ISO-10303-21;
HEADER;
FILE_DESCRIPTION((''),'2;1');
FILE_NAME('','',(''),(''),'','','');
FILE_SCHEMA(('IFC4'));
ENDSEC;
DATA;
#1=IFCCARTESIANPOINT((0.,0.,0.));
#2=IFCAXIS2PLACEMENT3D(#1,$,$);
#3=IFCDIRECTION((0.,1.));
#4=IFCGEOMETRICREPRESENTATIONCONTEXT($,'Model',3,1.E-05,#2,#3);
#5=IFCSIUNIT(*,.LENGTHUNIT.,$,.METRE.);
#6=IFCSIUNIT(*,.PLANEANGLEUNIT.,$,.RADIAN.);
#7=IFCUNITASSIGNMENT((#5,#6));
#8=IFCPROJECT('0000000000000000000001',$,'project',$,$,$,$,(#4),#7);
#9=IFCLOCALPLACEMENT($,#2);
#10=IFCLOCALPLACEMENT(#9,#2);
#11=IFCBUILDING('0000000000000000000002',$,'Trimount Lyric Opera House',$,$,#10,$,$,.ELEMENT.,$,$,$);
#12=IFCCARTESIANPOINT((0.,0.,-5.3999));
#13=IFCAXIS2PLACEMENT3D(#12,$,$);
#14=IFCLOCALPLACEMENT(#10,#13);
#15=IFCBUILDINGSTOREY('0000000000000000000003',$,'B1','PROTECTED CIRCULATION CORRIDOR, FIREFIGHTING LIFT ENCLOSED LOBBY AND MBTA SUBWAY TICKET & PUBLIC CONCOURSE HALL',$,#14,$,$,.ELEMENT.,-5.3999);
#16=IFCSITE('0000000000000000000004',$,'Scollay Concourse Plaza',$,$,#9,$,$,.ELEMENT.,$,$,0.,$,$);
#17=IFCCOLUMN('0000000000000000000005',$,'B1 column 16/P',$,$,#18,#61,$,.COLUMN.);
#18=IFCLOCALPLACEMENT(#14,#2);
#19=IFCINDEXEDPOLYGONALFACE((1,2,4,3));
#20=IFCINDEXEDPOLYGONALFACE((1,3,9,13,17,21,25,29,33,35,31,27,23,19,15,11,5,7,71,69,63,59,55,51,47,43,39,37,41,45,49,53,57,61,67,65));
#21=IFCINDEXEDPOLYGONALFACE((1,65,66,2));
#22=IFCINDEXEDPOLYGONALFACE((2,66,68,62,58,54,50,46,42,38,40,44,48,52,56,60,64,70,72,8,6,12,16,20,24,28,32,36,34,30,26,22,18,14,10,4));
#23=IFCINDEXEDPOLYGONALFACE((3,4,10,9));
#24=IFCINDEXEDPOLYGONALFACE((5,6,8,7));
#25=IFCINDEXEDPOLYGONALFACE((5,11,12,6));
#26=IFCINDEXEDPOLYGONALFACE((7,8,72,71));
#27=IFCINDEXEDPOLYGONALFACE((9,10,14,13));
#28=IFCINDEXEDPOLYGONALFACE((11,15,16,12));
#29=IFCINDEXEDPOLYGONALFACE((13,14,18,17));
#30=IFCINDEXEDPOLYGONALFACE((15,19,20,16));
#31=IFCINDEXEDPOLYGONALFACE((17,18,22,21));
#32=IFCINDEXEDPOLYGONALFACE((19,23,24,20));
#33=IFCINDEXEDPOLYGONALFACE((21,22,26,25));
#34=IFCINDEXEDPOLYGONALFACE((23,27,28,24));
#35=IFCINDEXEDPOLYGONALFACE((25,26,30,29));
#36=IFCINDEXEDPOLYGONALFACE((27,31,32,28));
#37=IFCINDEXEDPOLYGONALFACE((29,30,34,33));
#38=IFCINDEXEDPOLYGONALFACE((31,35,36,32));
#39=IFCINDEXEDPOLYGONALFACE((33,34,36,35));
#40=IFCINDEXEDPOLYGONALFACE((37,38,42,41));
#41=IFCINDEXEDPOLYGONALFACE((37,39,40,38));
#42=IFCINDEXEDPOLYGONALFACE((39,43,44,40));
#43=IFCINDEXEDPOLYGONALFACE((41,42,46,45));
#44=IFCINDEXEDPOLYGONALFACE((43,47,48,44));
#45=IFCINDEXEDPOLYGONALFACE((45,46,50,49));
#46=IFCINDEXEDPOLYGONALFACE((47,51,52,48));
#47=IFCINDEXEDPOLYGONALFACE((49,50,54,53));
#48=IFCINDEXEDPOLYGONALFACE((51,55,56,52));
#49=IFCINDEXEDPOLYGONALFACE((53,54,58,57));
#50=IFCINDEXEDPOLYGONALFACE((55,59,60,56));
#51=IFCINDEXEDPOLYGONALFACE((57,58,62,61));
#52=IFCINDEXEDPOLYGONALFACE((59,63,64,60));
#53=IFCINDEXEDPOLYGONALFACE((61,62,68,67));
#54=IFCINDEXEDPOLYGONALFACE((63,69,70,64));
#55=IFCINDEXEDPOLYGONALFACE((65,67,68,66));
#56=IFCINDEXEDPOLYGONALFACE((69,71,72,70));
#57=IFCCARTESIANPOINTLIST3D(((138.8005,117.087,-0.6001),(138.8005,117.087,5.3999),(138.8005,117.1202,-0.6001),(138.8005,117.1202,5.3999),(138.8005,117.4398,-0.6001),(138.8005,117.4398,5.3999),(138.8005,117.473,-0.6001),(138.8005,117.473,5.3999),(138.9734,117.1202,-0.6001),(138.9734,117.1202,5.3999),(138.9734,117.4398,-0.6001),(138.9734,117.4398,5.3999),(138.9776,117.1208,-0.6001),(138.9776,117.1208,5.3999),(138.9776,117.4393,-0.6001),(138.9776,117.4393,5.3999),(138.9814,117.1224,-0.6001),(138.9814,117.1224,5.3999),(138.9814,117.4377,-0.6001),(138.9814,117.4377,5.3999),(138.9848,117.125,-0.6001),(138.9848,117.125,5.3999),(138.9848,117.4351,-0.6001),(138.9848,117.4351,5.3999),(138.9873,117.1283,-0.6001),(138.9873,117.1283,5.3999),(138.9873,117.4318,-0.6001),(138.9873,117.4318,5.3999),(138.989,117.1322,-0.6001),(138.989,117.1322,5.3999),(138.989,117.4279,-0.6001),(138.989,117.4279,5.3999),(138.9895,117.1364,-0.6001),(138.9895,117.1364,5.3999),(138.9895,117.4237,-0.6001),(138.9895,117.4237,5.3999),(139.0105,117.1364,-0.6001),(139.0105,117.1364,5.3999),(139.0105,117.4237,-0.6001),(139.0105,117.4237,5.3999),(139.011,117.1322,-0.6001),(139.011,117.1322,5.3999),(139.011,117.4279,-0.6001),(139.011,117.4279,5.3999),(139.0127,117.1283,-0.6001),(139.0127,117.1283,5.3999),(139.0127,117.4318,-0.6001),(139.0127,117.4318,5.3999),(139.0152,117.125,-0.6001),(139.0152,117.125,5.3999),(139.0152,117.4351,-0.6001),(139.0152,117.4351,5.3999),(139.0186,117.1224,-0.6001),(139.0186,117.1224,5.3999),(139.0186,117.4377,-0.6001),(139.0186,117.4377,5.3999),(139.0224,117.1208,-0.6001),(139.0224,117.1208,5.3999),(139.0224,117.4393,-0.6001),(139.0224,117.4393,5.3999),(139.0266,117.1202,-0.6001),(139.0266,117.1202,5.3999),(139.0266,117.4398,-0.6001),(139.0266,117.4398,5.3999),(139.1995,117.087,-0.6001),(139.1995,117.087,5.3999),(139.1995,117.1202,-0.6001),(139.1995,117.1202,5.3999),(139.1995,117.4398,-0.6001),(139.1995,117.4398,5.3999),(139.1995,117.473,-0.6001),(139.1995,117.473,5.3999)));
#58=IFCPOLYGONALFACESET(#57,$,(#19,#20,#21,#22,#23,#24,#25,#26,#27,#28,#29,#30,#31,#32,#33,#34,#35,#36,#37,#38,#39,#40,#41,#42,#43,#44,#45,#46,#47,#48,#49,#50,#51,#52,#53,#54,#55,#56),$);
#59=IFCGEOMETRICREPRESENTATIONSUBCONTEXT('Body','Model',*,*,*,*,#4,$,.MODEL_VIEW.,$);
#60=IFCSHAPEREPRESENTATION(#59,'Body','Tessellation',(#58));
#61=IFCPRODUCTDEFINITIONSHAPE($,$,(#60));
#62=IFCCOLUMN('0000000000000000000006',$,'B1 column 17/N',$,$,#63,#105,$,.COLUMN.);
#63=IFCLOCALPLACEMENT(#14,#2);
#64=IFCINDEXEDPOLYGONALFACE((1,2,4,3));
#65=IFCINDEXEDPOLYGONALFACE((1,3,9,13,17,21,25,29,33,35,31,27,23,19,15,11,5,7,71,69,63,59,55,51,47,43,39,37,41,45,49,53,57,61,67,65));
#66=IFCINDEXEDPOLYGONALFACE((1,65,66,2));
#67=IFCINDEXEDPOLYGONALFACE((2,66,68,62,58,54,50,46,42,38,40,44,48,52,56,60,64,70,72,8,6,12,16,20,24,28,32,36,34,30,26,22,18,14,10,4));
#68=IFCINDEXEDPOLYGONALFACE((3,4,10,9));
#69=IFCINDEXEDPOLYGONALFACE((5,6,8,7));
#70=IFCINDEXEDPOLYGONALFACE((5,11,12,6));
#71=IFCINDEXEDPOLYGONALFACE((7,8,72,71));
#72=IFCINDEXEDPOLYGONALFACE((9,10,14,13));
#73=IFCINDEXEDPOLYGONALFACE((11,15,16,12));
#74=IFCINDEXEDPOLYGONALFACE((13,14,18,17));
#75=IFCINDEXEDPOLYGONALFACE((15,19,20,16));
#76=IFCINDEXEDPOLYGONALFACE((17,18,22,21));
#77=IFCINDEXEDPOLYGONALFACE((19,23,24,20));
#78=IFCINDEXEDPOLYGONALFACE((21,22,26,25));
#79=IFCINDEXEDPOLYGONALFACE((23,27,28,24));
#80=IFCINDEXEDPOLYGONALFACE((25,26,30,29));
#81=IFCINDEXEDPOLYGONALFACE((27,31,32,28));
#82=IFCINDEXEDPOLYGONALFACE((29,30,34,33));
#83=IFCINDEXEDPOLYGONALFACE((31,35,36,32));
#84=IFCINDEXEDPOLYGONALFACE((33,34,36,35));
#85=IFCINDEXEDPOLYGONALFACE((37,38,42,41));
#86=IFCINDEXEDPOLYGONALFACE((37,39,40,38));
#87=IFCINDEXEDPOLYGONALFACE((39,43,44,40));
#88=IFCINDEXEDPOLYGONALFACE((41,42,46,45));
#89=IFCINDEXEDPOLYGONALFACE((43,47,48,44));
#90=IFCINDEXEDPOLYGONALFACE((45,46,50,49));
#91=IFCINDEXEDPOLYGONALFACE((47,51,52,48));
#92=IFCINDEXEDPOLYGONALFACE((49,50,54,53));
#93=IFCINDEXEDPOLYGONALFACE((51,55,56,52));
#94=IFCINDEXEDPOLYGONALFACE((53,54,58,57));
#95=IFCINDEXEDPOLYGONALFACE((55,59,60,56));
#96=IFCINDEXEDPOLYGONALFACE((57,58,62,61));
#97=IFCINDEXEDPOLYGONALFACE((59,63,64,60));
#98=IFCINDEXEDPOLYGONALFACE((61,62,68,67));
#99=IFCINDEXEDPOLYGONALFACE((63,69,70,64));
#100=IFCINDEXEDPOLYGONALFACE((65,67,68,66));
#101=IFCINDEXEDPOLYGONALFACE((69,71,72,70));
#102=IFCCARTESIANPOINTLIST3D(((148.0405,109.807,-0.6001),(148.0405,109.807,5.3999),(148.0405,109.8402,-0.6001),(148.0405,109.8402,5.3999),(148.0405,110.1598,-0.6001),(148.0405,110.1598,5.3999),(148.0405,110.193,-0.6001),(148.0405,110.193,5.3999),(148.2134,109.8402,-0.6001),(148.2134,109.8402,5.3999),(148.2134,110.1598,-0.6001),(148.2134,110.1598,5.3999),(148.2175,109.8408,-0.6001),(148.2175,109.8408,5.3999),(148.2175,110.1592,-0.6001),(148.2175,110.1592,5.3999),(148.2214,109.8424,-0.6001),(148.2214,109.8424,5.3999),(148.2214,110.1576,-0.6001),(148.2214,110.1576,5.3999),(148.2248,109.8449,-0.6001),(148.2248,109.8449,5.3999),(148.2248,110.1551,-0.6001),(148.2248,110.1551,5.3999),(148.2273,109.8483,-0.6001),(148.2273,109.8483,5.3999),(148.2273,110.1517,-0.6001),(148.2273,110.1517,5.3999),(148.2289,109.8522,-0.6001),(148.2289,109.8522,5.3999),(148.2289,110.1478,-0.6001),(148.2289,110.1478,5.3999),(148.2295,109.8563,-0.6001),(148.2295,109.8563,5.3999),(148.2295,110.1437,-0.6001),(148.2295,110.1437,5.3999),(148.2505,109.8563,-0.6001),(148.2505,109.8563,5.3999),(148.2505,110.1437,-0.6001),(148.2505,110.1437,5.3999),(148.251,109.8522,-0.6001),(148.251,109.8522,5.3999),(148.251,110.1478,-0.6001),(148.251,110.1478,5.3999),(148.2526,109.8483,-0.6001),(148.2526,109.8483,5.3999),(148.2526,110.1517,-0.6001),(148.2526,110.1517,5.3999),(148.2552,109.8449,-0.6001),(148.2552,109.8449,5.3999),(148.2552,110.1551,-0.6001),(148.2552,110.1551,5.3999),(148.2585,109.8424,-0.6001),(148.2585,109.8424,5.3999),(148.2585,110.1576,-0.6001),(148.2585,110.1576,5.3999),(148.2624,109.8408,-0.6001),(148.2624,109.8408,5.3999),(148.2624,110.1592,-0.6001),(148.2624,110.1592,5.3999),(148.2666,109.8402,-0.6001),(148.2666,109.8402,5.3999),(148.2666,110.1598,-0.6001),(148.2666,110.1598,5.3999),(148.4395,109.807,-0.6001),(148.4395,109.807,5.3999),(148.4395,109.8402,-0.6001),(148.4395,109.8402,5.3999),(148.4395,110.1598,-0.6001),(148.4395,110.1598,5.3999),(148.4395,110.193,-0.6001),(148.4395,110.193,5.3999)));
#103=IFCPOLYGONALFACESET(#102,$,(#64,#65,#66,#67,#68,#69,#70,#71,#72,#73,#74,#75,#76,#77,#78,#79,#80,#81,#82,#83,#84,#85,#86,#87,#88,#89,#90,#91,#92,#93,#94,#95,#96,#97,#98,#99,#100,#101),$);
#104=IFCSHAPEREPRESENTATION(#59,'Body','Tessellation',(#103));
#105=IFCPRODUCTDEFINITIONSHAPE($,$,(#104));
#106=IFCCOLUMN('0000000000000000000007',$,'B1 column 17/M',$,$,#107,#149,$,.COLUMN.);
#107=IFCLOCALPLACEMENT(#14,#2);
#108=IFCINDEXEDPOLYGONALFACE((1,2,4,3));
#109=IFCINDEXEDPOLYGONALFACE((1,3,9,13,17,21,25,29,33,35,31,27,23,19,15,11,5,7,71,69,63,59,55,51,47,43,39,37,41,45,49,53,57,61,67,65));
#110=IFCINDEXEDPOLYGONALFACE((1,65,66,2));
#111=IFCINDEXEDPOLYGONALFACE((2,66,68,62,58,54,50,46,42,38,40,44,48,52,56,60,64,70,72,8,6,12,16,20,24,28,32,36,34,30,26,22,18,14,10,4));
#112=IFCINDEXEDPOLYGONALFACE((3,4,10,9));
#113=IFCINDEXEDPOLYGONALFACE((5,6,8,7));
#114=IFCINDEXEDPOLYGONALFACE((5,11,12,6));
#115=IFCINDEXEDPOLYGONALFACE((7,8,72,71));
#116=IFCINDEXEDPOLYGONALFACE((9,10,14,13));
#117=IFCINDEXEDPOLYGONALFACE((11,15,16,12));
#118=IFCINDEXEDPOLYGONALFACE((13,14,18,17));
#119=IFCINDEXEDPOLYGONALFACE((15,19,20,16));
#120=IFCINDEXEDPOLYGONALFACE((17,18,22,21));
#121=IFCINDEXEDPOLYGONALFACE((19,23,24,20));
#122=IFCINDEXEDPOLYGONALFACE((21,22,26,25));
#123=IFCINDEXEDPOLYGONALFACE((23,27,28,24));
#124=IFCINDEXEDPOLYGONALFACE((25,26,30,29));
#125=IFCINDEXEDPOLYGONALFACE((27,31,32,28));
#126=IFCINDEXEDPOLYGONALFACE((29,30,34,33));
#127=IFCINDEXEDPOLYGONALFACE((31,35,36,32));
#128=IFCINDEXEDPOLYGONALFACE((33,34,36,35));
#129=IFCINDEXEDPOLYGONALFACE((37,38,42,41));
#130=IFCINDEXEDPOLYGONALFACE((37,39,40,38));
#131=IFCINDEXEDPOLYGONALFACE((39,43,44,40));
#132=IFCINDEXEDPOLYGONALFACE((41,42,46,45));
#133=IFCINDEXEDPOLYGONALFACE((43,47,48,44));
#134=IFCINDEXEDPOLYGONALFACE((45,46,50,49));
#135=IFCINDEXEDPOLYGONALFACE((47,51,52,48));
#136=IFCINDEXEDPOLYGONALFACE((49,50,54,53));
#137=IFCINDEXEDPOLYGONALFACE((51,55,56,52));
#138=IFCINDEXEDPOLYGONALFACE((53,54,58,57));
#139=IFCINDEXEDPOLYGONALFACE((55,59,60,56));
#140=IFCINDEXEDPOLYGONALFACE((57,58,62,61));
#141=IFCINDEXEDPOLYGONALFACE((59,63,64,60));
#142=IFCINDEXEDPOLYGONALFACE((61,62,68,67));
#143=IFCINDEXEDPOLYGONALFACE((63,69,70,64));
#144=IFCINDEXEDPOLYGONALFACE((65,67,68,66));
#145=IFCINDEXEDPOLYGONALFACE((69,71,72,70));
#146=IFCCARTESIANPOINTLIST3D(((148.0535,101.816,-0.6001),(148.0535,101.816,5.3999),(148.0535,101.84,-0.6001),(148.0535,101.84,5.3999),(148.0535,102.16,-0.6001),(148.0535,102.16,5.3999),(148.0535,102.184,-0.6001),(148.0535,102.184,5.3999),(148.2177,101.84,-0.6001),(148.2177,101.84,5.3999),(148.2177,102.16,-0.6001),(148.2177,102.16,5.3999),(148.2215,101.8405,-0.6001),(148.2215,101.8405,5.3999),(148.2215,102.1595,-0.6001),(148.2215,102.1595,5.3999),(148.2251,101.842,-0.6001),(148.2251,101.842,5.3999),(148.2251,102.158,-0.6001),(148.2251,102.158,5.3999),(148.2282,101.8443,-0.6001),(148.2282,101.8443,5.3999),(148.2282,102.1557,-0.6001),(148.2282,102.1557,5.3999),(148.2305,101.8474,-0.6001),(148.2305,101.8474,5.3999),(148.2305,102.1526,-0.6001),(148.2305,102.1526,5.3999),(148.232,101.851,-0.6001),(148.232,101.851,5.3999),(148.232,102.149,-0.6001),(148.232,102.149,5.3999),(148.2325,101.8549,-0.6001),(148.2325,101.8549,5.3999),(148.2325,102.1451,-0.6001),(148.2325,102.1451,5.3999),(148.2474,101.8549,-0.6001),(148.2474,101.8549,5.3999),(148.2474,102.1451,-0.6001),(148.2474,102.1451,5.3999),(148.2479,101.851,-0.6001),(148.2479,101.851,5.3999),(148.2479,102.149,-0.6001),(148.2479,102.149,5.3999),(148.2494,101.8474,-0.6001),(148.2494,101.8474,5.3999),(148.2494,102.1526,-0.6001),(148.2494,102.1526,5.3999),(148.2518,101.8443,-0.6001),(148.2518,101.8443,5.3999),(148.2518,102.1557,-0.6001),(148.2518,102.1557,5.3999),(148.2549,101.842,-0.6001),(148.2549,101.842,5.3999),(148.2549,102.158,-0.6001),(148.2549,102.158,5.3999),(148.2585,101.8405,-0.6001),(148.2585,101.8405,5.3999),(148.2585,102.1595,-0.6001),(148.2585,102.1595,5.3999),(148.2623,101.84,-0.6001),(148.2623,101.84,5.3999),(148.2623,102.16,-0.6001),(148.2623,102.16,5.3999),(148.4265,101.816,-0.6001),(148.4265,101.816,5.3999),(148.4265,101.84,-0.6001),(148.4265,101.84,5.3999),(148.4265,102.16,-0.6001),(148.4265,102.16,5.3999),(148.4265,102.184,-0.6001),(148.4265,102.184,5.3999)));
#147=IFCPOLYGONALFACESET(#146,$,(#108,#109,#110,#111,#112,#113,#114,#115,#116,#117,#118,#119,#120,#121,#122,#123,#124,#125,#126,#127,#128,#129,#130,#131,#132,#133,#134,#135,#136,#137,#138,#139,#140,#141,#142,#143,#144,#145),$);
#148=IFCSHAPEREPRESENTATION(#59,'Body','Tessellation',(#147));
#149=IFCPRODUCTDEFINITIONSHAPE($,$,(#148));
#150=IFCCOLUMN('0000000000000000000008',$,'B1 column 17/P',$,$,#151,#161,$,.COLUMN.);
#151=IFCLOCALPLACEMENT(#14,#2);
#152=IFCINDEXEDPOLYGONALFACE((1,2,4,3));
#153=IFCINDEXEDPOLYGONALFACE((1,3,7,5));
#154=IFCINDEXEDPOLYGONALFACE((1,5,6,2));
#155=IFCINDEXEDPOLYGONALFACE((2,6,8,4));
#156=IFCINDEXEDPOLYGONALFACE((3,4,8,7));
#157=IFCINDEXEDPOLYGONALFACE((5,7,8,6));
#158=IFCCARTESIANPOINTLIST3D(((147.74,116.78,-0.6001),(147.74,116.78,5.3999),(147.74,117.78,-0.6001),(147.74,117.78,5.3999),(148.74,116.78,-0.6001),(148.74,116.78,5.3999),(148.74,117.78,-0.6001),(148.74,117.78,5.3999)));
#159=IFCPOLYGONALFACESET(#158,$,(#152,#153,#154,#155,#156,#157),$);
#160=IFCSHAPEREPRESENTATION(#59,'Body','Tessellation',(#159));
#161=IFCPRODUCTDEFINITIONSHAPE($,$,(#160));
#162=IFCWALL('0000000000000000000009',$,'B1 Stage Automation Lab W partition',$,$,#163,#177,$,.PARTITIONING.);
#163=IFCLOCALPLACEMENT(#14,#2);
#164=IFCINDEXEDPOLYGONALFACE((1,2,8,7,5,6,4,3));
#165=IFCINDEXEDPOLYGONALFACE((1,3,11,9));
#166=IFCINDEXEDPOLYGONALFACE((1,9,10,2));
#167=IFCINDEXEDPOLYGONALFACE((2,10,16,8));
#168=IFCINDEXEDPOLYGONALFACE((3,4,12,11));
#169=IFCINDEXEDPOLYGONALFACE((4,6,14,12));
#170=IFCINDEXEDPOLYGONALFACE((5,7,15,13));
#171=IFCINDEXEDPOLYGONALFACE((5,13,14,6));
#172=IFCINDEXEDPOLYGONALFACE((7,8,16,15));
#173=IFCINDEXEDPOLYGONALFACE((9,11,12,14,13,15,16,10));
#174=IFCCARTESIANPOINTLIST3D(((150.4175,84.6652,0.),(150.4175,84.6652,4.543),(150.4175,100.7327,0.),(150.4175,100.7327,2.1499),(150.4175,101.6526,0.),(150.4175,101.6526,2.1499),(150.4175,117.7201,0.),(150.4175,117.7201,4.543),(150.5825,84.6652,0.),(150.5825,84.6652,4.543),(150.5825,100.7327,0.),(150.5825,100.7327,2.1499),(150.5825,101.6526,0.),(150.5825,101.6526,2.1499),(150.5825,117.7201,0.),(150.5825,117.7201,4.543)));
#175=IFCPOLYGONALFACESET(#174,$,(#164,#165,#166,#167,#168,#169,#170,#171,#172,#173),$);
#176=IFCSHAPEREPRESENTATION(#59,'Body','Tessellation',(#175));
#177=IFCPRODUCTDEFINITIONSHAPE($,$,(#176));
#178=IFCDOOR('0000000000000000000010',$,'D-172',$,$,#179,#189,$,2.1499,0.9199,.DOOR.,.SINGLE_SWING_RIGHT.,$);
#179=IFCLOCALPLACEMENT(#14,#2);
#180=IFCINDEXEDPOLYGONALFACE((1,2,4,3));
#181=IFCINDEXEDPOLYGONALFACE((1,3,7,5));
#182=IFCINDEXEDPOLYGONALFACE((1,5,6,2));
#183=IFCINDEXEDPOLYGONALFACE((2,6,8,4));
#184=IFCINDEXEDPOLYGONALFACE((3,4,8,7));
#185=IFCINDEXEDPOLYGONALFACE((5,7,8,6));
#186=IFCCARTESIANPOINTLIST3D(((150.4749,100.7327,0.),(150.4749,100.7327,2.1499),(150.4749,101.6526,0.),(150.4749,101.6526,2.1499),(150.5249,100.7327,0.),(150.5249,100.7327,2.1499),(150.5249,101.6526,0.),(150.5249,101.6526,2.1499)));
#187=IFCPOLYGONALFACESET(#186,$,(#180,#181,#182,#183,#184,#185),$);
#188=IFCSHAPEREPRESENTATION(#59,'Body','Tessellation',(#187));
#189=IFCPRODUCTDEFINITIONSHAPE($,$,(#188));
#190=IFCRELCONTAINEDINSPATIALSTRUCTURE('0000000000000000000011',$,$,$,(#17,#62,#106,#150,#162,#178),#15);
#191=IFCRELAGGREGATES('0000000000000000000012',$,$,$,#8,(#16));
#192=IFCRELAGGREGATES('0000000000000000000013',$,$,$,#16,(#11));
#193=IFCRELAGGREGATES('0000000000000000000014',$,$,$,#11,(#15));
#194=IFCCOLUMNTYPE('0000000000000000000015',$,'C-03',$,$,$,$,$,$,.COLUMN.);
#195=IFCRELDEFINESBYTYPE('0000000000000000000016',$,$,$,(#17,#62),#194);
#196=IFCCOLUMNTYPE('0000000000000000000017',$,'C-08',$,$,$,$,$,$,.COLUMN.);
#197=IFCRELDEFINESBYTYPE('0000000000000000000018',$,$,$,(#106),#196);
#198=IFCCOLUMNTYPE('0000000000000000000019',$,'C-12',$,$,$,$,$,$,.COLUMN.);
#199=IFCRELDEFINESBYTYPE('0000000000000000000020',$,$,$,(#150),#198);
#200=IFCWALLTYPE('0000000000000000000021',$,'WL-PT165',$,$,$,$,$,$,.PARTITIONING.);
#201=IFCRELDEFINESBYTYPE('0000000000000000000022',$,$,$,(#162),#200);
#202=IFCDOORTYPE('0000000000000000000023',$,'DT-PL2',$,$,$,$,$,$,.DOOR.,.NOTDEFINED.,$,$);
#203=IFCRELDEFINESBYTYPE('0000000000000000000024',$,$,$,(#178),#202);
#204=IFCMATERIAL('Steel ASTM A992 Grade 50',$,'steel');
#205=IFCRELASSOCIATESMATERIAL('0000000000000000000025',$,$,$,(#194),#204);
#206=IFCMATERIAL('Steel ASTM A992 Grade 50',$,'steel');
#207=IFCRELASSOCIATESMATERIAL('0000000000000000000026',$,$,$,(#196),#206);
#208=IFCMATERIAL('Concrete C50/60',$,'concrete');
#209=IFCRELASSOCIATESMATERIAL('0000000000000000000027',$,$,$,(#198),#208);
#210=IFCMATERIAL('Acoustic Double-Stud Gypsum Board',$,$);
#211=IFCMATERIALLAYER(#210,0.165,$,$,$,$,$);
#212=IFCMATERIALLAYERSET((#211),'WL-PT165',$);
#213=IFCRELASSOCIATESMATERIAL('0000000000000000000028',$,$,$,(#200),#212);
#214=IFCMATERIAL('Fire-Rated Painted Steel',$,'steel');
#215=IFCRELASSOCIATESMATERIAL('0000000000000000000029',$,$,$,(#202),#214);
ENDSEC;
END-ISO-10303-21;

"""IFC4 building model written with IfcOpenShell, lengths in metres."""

from ifc_helpers import new_model, si_unit, direction, frame, frame_2d, origin, origin_2d, place, context, subcontext, project, spatial, rectangle, i_section, extrude, material, layer, layer_set, material_profile, profile_set, type_object, element, fill, save


model = new_model("IFC4")

# Units and contexts
model_context = context("Model", 3, precision=1e-05, world=origin(), true_north=direction((0.0, 1.0)))
body_context = subcontext(model_context, "Body", "Model", "MODEL_VIEW")
ifc_project = project(units=[si_unit("LENGTHUNIT", "METRE"), si_unit("PLANEANGLEUNIT", "RADIAN")], contexts=[model_context])

# Site, building, storey
site_placement = place(None, origin())
site = spatial("IfcSite", under=ifc_project, at=site_placement, Name="Scollay Concourse Plaza", CompositionType="ELEMENT", RefElevation=0.0)
building_placement = place(site_placement, origin())
building = spatial("IfcBuilding", under=site, at=building_placement, Name="Trimount Lyric Opera House", CompositionType="ELEMENT")
storey_placement = place(building_placement, frame((0.0, 0.0, -5.3999)))
storey = spatial("IfcBuildingStorey", under=building, at=storey_placement, Name="B1", Description="PROTECTED CIRCULATION CORRIDOR, FIREFIGHTING LIFT ENCLOSED LOBBY AND MBTA SUBWAY TICKET & PUBLIC CONCOURSE HALL", CompositionType="ELEMENT", Elevation=-5.3999)

# Columns
ifc_material_1 = material(Name="Steel ASTM A992 Grade 50", Category="steel")
ifc_material_profile_1 = material_profile(ifc_material_1, i_section(OverallWidth=0.3989, OverallDepth=0.386, WebThickness=0.021, FlangeThickness=0.0332, FilletRadius=0.0161, at=origin_2d()), Name="W14X176")
ifc_profile_set_1 = profile_set([ifc_material_profile_1], Name="Steel ASTM A992 Grade 50")
column_type_1 = type_object("IfcColumnType", Name="C-03", PredefinedType="COLUMN", material=ifc_profile_set_1)
for number, where, z_axis, x_axis, name in (
    (1, (139.0, 117.28, -0.6001), (0.0, 0.0, 1.0), (1.0, 0.0, 0.0), "B1 column 16/P"),
    (2, (148.24, 110.0, -0.6001), (0.0, 0.0, 1.0), (1.0, 0.0, 0.0), "B1 column 17/N"),
):
    element("IfcColumn", number, at=place(storey_placement, frame(where, z_axis=z_axis, x_axis=x_axis)), inside=storey, type_object=column_type_1, Name=name, PredefinedType="COLUMN", context=body_context, shape_type="SweptSolid", body=[
        extrude(i_section(OverallWidth=0.3989, OverallDepth=0.386, WebThickness=0.021, FlangeThickness=0.0332, FilletRadius=0.0161, at=origin_2d()), origin(), (0.0, 0.0, 1.0), 6.0),
    ])
ifc_material_2 = material(Name="Steel ASTM A992 Grade 50", Category="steel")
ifc_material_profile_2 = material_profile(ifc_material_2, i_section(OverallWidth=0.373, OverallDepth=0.3679, WebThickness=0.0149, FlangeThickness=0.0239, FilletRadius=0.0149, at=origin_2d()), Name="W14X120")
ifc_profile_set_2 = profile_set([ifc_material_profile_2], Name="Steel ASTM A992 Grade 50")
column_type_2 = type_object("IfcColumnType", Name="C-08", PredefinedType="COLUMN", material=ifc_profile_set_2)
column_1_placement = place(storey_placement, frame((148.24, 102.0, -0.6001), z_axis=(0.0, 0.0, 1.0), x_axis=(1.0, 0.0, 0.0)))
element("IfcColumn", 3, at=column_1_placement, inside=storey, type_object=column_type_2, Name="B1 column 17/M", PredefinedType="COLUMN", context=body_context, shape_type="SweptSolid", body=[
    extrude(i_section(OverallWidth=0.373, OverallDepth=0.3679, WebThickness=0.0149, FlangeThickness=0.0239, FilletRadius=0.0149, at=origin_2d()), origin(), (0.0, 0.0, 1.0), 6.0),
])
ifc_material_3 = material(Name="Concrete C50/60", Category="concrete")
ifc_material_profile_3 = material_profile(ifc_material_3, rectangle(XDim=1.0, YDim=1.0, at=origin_2d()), Name="RC1000X1000")
ifc_profile_set_3 = profile_set([ifc_material_profile_3], Name="Concrete C50/60")
column_type_3 = type_object("IfcColumnType", Name="C-12", PredefinedType="COLUMN", material=ifc_profile_set_3)
column_2_placement = place(storey_placement, frame((148.24, 117.28, -0.6001), z_axis=(0.0, 0.0, 1.0), x_axis=(1.0, 0.0, 0.0)))
element("IfcColumn", 4, at=column_2_placement, inside=storey, type_object=column_type_3, Name="B1 column 17/P", PredefinedType="COLUMN", context=body_context, shape_type="SweptSolid", body=[
    extrude(rectangle(XDim=1.0, YDim=1.0, at=origin_2d()), origin(), (0.0, 0.0, 1.0), 6.0),
])

# Wall, opening, door
ifc_material_4 = material(Name="Acoustic Double-Stud Gypsum Board")
ifc_layer_1 = layer(ifc_material_4, 0.165)
ifc_layer_set_1 = layer_set([ifc_layer_1], Name="WL-PT165")
wall_type_1 = type_object("IfcWallType", Name="WL-PT165", PredefinedType="PARTITIONING", material=ifc_layer_set_1)
wall_1_placement = place(storey_placement, frame((150.5, 117.72, 0.0), z_axis=(0.0, 0.0, 1.0), x_axis=(0.0, -1.0, 0.0)))
wall_1 = element("IfcWall", 5, at=wall_1_placement, inside=storey, type_object=wall_type_1, Name="B1 Stage Automation Lab W partition", PredefinedType="PARTITIONING", context=body_context, shape_type="SweptSolid", body=[
    extrude(rectangle(XDim=33.0549, YDim=0.165, at=frame_2d((16.5273, 0.0))), origin(), (0.0, 0.0, 1.0), 4.543),
])
opening_placement = place(wall_1_placement, frame((16.0674, 0.0, 0.0)))
opening = element("IfcOpeningElement", 6, at=opening_placement, cuts=wall_1, PredefinedType="OPENING", context=body_context, shape_type="SweptSolid", body=[
    extrude(rectangle(XDim=0.9199, YDim=2.1499, at=frame_2d((0.46, 1.075))), frame((0.0, 0.0925, 0.0), z_axis=(0.0, -1.0, 0.0), x_axis=(1.0, 0.0, 0.0)), (0.0, 0.0, 1.0), 0.1851),
])
ifc_material_5 = material(Name="Fire-Rated Painted Steel", Category="steel")
door_type = type_object("IfcDoorType", Name="DT-PL2", OperationType="NOTDEFINED", PredefinedType="DOOR", material=ifc_material_5)
door_placement = place(opening_placement, origin())
door = element("IfcDoor", 7, at=door_placement, inside=storey, type_object=door_type, Name="D-172", OperationType="SINGLE_SWING_RIGHT", OverallHeight=2.1499, OverallWidth=0.9199, PredefinedType="DOOR", context=body_context, shape_type="SweptSolid", body=[
    extrude(rectangle(XDim=0.9199, YDim=2.1499, at=frame_2d((0.46, 1.075))), frame((0.0, 0.0249, 0.0), z_axis=(0.0, -1.0, 0.0), x_axis=(1.0, 0.0, 0.0)), (0.0, 0.0, 1.0), 0.05),
])
fill(opening, door)

save(model, "model.ifc")
